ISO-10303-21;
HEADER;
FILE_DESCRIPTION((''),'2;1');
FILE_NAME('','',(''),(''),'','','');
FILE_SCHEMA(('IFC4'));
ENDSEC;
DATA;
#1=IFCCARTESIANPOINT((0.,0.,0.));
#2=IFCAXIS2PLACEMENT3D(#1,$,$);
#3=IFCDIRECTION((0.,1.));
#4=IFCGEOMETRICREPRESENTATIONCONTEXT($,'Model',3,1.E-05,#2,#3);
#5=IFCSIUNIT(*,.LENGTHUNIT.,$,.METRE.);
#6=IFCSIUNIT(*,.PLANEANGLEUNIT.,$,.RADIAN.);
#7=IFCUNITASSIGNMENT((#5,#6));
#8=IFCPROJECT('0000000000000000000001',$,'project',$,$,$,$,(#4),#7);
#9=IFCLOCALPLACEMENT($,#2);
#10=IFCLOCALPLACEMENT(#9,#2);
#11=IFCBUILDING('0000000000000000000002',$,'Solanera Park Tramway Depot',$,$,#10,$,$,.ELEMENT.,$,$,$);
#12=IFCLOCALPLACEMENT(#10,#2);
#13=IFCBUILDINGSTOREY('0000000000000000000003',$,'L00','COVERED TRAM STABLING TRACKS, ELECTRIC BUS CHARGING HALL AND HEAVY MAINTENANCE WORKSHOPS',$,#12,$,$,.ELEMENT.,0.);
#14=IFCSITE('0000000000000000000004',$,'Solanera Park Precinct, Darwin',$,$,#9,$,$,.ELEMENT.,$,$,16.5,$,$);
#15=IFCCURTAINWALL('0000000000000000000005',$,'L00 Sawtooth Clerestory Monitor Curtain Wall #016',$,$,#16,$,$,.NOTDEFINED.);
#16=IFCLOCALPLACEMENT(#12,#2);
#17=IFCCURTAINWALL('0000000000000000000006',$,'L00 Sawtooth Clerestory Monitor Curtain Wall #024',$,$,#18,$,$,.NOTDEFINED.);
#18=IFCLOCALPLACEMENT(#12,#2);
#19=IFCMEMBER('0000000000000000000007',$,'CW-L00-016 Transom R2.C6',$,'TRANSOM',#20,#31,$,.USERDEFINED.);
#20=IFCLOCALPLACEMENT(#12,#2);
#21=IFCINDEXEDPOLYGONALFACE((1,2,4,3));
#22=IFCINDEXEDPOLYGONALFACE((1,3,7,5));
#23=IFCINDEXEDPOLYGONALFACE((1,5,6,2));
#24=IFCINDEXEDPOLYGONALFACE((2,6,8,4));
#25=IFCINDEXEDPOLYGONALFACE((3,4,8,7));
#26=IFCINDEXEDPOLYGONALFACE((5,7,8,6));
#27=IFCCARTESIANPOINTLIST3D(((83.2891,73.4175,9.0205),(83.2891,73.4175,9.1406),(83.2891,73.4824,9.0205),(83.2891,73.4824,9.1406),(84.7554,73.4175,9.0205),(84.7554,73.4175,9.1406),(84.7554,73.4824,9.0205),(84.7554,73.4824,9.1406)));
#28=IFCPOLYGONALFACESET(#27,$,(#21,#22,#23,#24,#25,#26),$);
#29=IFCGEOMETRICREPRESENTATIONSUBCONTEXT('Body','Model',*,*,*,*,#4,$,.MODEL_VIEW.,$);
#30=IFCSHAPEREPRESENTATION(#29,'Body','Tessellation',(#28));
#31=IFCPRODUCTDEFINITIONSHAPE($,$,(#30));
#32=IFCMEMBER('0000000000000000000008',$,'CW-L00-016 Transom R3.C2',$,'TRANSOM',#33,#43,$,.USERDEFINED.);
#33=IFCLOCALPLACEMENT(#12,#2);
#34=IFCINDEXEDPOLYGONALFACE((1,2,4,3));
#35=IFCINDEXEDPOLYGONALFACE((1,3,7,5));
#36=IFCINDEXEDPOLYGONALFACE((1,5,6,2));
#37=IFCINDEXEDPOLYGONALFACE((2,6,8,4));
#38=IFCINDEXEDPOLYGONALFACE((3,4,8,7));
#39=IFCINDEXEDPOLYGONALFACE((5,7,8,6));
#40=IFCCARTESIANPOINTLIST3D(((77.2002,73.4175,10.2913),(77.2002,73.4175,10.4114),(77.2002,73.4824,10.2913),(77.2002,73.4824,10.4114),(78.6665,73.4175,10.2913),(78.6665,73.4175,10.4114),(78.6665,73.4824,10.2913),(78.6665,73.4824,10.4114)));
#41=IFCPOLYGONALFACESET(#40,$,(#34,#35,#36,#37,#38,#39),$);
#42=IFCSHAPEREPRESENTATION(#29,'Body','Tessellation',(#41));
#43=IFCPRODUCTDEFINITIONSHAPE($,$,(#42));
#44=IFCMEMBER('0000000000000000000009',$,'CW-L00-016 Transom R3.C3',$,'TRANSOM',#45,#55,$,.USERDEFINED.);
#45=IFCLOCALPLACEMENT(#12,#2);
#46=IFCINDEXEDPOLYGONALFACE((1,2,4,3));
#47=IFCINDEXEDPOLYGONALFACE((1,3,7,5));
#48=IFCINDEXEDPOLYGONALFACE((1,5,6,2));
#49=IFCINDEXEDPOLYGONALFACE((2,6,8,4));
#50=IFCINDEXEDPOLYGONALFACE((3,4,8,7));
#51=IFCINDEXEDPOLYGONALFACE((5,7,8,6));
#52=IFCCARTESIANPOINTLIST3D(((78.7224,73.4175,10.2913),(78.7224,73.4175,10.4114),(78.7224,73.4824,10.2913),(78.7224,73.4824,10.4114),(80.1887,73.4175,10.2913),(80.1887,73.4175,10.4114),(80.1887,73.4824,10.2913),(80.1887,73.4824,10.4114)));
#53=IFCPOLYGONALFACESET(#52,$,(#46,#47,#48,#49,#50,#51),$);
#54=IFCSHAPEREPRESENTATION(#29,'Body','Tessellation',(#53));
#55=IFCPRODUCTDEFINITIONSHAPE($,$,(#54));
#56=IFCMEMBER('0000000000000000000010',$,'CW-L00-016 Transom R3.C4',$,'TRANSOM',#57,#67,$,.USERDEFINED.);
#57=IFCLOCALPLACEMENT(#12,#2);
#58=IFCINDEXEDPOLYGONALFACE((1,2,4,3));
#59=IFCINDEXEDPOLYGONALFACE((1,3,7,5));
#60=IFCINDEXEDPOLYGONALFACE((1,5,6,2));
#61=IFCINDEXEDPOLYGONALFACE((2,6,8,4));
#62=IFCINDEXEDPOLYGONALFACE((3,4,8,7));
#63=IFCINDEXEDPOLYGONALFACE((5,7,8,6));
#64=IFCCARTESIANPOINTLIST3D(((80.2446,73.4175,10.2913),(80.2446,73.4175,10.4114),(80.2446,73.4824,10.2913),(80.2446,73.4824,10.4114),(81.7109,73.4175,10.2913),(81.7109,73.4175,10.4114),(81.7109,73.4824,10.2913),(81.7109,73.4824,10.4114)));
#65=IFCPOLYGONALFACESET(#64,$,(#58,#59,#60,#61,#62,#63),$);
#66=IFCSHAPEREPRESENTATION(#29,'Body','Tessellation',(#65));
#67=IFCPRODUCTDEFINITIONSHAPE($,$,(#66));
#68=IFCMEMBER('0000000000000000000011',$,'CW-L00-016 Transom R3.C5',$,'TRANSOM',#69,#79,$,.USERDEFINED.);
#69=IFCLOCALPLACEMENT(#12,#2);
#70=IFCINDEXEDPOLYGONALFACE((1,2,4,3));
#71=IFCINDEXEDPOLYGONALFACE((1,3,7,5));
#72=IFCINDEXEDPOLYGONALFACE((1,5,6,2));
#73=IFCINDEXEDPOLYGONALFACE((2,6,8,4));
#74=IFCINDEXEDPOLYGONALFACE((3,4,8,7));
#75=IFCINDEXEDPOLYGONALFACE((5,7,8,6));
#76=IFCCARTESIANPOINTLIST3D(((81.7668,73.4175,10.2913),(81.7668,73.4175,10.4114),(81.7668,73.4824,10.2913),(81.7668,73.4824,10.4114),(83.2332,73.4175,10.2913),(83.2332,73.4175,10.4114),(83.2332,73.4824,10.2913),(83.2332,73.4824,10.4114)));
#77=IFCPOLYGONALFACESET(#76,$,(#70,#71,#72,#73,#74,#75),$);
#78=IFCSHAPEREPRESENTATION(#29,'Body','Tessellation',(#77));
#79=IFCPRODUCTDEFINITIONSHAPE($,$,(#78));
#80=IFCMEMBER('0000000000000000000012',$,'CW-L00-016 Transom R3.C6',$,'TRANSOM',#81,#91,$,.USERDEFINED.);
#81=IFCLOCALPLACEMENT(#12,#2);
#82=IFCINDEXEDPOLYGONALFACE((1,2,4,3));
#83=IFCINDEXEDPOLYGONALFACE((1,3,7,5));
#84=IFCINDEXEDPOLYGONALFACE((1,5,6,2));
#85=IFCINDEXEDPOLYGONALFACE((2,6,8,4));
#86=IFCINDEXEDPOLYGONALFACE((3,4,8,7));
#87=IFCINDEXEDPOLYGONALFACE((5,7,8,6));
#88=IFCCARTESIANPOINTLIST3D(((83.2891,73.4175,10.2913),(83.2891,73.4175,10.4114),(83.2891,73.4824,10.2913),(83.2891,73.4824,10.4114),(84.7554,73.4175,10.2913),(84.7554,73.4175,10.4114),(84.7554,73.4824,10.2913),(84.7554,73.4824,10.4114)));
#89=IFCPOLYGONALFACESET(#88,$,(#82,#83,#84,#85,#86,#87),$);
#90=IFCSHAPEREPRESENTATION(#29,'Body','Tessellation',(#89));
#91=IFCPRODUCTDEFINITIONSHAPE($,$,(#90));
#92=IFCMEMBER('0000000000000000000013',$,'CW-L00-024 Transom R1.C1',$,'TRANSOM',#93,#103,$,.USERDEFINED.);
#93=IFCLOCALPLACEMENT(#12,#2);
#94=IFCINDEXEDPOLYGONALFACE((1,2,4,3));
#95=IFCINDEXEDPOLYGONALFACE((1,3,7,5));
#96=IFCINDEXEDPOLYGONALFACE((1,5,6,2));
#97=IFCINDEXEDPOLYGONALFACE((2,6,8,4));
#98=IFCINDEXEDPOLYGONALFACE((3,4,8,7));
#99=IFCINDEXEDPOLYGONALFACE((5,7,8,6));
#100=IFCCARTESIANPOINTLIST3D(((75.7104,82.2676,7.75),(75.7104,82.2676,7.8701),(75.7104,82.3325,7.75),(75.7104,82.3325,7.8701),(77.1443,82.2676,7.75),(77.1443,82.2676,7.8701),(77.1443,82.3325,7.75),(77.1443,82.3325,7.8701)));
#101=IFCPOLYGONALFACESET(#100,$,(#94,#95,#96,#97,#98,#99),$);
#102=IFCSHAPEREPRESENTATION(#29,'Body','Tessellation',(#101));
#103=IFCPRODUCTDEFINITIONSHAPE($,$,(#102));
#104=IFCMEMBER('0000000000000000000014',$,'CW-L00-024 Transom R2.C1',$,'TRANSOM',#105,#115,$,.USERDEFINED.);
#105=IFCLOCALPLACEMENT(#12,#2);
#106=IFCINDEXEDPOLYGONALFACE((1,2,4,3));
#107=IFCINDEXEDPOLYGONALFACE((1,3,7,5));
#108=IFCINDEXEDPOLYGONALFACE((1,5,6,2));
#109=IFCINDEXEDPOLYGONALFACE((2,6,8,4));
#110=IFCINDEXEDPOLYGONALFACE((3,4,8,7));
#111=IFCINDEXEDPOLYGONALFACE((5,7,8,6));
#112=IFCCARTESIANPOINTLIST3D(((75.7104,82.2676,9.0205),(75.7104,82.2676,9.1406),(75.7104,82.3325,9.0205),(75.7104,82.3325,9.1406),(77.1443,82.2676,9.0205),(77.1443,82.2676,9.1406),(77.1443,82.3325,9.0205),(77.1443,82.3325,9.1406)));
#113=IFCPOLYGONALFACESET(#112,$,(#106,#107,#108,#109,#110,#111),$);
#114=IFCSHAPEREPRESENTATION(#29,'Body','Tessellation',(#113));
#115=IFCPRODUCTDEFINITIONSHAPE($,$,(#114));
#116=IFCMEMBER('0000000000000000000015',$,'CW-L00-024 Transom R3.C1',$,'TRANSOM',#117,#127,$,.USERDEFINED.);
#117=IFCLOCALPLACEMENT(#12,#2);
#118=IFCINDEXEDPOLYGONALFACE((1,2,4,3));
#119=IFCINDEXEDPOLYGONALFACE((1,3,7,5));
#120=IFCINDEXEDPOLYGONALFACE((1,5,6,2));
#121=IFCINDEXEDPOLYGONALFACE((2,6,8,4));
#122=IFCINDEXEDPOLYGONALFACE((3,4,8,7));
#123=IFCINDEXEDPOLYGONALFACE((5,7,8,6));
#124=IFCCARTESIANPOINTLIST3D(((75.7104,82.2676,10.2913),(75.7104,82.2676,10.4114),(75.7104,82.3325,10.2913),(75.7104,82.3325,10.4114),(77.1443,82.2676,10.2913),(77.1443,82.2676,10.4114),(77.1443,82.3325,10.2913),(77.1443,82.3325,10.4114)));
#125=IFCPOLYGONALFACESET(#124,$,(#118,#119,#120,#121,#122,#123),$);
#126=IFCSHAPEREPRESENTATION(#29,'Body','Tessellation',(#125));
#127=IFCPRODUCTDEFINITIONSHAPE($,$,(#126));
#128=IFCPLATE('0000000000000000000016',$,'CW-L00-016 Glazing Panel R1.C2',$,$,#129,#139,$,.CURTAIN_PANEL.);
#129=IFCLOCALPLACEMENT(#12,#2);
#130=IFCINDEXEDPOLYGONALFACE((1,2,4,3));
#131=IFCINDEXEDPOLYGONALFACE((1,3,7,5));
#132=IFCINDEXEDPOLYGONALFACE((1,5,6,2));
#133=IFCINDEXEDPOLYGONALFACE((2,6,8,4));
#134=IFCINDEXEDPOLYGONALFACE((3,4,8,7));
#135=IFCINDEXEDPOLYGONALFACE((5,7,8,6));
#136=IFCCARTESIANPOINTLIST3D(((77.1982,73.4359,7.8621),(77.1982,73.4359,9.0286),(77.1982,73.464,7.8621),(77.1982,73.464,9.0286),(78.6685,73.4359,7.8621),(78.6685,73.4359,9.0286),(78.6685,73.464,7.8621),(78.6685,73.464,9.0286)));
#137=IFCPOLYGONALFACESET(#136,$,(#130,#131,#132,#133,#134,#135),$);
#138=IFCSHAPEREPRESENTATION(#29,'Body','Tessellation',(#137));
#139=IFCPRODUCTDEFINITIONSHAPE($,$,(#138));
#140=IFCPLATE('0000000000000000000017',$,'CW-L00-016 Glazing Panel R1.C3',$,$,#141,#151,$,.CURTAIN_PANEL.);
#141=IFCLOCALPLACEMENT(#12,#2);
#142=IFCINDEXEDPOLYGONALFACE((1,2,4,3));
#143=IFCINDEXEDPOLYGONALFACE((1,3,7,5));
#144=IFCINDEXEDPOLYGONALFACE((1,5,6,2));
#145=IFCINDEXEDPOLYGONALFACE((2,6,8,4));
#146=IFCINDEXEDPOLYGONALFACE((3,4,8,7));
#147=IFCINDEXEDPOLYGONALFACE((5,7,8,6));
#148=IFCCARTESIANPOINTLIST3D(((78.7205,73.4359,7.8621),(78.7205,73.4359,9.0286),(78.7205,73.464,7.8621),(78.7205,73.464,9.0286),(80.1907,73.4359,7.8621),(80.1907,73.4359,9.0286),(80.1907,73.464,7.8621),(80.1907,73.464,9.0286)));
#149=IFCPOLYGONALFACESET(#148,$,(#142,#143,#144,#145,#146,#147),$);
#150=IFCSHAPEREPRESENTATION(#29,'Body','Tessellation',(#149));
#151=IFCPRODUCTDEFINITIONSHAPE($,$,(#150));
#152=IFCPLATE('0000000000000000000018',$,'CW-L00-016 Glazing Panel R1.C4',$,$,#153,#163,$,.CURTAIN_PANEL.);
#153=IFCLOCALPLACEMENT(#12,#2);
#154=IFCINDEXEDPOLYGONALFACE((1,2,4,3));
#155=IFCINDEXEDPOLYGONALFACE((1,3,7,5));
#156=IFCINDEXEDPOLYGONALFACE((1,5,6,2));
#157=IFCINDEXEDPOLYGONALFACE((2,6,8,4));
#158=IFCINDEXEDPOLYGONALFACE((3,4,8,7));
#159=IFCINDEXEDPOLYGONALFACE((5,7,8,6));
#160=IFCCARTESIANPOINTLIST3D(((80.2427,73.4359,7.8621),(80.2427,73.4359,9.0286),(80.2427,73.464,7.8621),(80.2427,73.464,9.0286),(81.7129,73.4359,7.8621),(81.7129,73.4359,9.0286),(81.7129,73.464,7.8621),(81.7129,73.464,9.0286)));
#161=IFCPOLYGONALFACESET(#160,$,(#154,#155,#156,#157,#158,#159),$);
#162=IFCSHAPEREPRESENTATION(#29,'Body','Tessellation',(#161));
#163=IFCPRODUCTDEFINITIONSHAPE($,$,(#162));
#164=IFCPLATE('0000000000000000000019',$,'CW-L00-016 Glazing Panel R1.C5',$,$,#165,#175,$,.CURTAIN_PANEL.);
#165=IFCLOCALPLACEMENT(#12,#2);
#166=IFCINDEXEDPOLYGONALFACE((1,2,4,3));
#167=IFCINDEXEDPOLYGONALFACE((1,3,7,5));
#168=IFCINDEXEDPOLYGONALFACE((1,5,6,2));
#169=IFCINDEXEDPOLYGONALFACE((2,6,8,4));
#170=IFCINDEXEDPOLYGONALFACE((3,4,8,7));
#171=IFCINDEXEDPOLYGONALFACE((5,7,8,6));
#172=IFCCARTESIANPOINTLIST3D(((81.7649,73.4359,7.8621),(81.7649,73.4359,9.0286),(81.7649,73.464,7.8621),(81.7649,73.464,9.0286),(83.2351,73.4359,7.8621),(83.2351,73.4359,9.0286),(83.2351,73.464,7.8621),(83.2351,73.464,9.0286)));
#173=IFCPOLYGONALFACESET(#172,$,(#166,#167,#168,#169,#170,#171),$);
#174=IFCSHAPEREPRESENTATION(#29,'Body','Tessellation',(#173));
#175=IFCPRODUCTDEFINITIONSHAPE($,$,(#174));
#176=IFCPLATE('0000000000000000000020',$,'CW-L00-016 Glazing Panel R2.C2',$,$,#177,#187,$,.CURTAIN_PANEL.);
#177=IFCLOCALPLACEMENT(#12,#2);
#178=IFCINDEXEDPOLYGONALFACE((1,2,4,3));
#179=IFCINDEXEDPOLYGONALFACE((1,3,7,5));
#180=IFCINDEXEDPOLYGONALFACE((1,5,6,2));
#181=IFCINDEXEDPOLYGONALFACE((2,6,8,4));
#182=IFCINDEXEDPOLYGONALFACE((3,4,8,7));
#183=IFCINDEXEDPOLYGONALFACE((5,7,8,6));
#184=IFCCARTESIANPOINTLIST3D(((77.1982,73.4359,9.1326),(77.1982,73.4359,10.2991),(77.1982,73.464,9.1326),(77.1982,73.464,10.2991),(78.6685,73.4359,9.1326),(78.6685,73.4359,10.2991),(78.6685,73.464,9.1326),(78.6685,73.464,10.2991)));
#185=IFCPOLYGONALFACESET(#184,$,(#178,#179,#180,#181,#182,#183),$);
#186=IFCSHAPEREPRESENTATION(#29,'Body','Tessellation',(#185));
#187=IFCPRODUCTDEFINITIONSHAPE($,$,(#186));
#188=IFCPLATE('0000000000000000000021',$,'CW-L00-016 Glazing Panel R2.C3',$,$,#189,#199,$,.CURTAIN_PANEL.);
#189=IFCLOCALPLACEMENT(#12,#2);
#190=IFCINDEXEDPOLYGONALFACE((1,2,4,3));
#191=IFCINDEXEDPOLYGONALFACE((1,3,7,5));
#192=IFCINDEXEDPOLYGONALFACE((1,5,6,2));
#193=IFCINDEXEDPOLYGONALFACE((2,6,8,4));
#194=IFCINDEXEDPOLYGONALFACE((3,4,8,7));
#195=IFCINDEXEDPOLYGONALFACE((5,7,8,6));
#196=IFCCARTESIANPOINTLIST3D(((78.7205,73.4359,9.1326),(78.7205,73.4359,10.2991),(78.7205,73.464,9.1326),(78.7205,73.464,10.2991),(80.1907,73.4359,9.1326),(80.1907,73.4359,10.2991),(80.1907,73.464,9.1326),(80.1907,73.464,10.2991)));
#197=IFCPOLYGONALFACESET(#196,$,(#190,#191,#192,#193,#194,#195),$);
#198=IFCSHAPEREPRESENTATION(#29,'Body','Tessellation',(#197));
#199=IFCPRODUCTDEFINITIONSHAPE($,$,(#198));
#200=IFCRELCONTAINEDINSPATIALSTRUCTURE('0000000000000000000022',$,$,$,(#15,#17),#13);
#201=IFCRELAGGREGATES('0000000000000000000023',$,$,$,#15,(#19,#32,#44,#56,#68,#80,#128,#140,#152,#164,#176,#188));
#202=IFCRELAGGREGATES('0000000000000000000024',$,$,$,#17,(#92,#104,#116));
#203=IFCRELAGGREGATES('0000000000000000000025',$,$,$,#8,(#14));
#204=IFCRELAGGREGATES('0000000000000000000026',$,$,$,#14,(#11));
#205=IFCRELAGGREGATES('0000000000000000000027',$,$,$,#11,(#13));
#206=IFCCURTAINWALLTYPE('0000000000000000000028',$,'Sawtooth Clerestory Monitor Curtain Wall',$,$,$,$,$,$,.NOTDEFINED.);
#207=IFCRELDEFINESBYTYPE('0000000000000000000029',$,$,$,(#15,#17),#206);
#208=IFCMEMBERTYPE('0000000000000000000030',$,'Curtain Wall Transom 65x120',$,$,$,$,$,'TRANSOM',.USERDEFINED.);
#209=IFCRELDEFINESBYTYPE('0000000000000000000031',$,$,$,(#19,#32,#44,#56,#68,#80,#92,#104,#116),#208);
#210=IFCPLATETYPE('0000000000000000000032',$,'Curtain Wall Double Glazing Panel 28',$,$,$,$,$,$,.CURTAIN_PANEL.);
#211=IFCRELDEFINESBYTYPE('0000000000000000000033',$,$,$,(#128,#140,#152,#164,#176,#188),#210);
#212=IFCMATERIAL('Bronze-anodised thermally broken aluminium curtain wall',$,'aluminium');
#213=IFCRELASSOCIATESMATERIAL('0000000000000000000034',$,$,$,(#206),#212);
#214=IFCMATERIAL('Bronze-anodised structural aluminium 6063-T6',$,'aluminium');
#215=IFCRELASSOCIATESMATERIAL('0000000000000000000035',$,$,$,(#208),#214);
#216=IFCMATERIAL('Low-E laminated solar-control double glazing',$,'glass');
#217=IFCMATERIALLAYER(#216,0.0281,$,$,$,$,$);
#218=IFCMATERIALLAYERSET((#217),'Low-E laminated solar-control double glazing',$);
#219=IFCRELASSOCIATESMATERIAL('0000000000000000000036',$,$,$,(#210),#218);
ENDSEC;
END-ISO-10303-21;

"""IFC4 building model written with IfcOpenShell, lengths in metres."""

from ifc_helpers import new_model, si_unit, direction, frame, origin, origin_2d, place, context, subcontext, project, spatial, rectangle, extrude, material, layer, layer_set, material_profile, profile_set, type_object, element, aggregate, save


model = new_model("IFC4")

# Units and contexts
model_context = context("Model", 3, precision=1e-05, world=origin(), true_north=direction((0.0, 1.0)))
body_context = subcontext(model_context, "Body", "Model", "MODEL_VIEW")
ifc_project = project(units=[si_unit("LENGTHUNIT", "METRE"), si_unit("PLANEANGLEUNIT", "RADIAN")], contexts=[model_context])

# Site, building, storey
site_placement = place(None, origin())
site = spatial("IfcSite", under=ifc_project, at=site_placement, Name="Solanera Park Precinct, Darwin", CompositionType="ELEMENT", RefElevation=16.5)
building_placement = place(site_placement, origin())
building = spatial("IfcBuilding", under=site, at=building_placement, Name="Solanera Park Tramway Depot", CompositionType="ELEMENT")
storey_placement = place(building_placement, origin())
storey = spatial("IfcBuildingStorey", under=building, at=storey_placement, Name="L00", Description="COVERED TRAM STABLING TRACKS, ELECTRIC BUS CHARGING HALL AND HEAVY MAINTENANCE WORKSHOPS", CompositionType="ELEMENT", Elevation=0.0)

# Curtain wall
ifc_material_1 = material(Name="Bronze-anodised thermally broken aluminium curtain wall", Category="aluminium")
curtain_wall_type = type_object("IfcCurtainWallType", Name="Sawtooth Clerestory Monitor Curtain Wall", PredefinedType="NOTDEFINED", material=ifc_material_1)
curtain_wall_1_placement = place(storey_placement, origin())
curtain_wall_1 = element("IfcCurtainWall", 1, at=curtain_wall_1_placement, inside=storey, type_object=curtain_wall_type, Name="L00 Sawtooth Clerestory Monitor Curtain Wall #016", PredefinedType="NOTDEFINED")

# Curtain wall
curtain_wall_2_placement = place(storey_placement, origin())
curtain_wall_2 = element("IfcCurtainWall", 2, at=curtain_wall_2_placement, inside=storey, type_object=curtain_wall_type, Name="L00 Sawtooth Clerestory Monitor Curtain Wall #024", PredefinedType="NOTDEFINED")

# Members
ifc_material_2 = material(Name="Bronze-anodised structural aluminium 6063-T6", Category="aluminium")
ifc_material_profile_1 = material_profile(ifc_material_2, rectangle(XDim=0.0649, YDim=0.1201, at=origin_2d()), Name="Curtain Wall Transom 65x120")
ifc_profile_set_1 = profile_set([ifc_material_profile_1], Name="Bronze-anodised structural aluminium 6063-T6")
member_type_1 = type_object("IfcMemberType", Name="Curtain Wall Transom 65x120", ElementType="TRANSOM", PredefinedType="USERDEFINED", material=ifc_profile_set_1)
member_1_placement = place(storey_placement, frame((83.2891, 73.45, 9.0806), z_axis=(1.0, 0.0, 0.0), x_axis=(0.0, 1.0, 0.0)))
member_1 = element("IfcMember", 3, at=member_1_placement, type_object=member_type_1, Name="CW-L00-016 Transom R2.C6", ObjectType="TRANSOM", PredefinedType="USERDEFINED", context=body_context, shape_type="SweptSolid", body=[
    extrude(rectangle(XDim=0.0649, YDim=0.1201, at=origin_2d()), origin(), (0.0, 0.0, 1.0), 1.4663),
])
member_2_placement = place(storey_placement, frame((77.2002, 73.45, 10.3513), z_axis=(1.0, 0.0, 0.0), x_axis=(0.0, 1.0, 0.0)))
member_2 = element("IfcMember", 4, at=member_2_placement, type_object=member_type_1, Name="CW-L00-016 Transom R3.C2", ObjectType="TRANSOM", PredefinedType="USERDEFINED", context=body_context, shape_type="SweptSolid", body=[
    extrude(rectangle(XDim=0.0649, YDim=0.1201, at=origin_2d()), origin(), (0.0, 0.0, 1.0), 1.4663),
])
member_3_placement = place(storey_placement, frame((78.7224, 73.45, 10.3513), z_axis=(1.0, 0.0, 0.0), x_axis=(0.0, 1.0, 0.0)))
member_3 = element("IfcMember", 5, at=member_3_placement, type_object=member_type_1, Name="CW-L00-016 Transom R3.C3", ObjectType="TRANSOM", PredefinedType="USERDEFINED", context=body_context, shape_type="SweptSolid", body=[
    extrude(rectangle(XDim=0.0649, YDim=0.1201, at=origin_2d()), origin(), (0.0, 0.0, 1.0), 1.4663),
])
member_4_placement = place(storey_placement, frame((80.2446, 73.45, 10.3513), z_axis=(1.0, 0.0, 0.0), x_axis=(0.0, 1.0, 0.0)))
member_4 = element("IfcMember", 6, at=member_4_placement, type_object=member_type_1, Name="CW-L00-016 Transom R3.C4", ObjectType="TRANSOM", PredefinedType="USERDEFINED", context=body_context, shape_type="SweptSolid", body=[
    extrude(rectangle(XDim=0.0649, YDim=0.1201, at=origin_2d()), origin(), (0.0, 0.0, 1.0), 1.4663),
])
member_5_placement = place(storey_placement, frame((81.7668, 73.45, 10.3513), z_axis=(1.0, 0.0, 0.0), x_axis=(0.0, 1.0, 0.0)))
member_5 = element("IfcMember", 7, at=member_5_placement, type_object=member_type_1, Name="CW-L00-016 Transom R3.C5", ObjectType="TRANSOM", PredefinedType="USERDEFINED", context=body_context, shape_type="SweptSolid", body=[
    extrude(rectangle(XDim=0.0649, YDim=0.1201, at=origin_2d()), origin(), (0.0, 0.0, 1.0), 1.4663),
])
member_6_placement = place(storey_placement, frame((83.2891, 73.45, 10.3513), z_axis=(1.0, 0.0, 0.0), x_axis=(0.0, 1.0, 0.0)))
member_6 = element("IfcMember", 8, at=member_6_placement, type_object=member_type_1, Name="CW-L00-016 Transom R3.C6", ObjectType="TRANSOM", PredefinedType="USERDEFINED", context=body_context, shape_type="SweptSolid", body=[
    extrude(rectangle(XDim=0.0649, YDim=0.1201, at=origin_2d()), origin(), (0.0, 0.0, 1.0), 1.4663),
])
member_7_placement = place(storey_placement, frame((75.7104, 82.3, 7.8101), z_axis=(1.0, 0.0, 0.0), x_axis=(0.0, 1.0, 0.0)))
member_7 = element("IfcMember", 9, at=member_7_placement, type_object=member_type_1, Name="CW-L00-024 Transom R1.C1", ObjectType="TRANSOM", PredefinedType="USERDEFINED", context=body_context, shape_type="SweptSolid", body=[
    extrude(rectangle(XDim=0.0649, YDim=0.1201, at=origin_2d()), origin(), (0.0, 0.0, 1.0), 1.4338),
])
member_8_placement = place(storey_placement, frame((75.7104, 82.3, 9.0806), z_axis=(1.0, 0.0, 0.0), x_axis=(0.0, 1.0, 0.0)))
member_8 = element("IfcMember", 10, at=member_8_placement, type_object=member_type_1, Name="CW-L00-024 Transom R2.C1", ObjectType="TRANSOM", PredefinedType="USERDEFINED", context=body_context, shape_type="SweptSolid", body=[
    extrude(rectangle(XDim=0.0649, YDim=0.1201, at=origin_2d()), origin(), (0.0, 0.0, 1.0), 1.4338),
])
member_9_placement = place(storey_placement, frame((75.7104, 82.3, 10.3513), z_axis=(1.0, 0.0, 0.0), x_axis=(0.0, 1.0, 0.0)))
member_9 = element("IfcMember", 11, at=member_9_placement, type_object=member_type_1, Name="CW-L00-024 Transom R3.C1", ObjectType="TRANSOM", PredefinedType="USERDEFINED", context=body_context, shape_type="SweptSolid", body=[
    extrude(rectangle(XDim=0.0649, YDim=0.1201, at=origin_2d()), origin(), (0.0, 0.0, 1.0), 1.4338),
])

# Plates
ifc_material_3 = material(Name="Low-E laminated solar-control double glazing", Category="glass")
ifc_layer = layer(ifc_material_3, 0.0281)
ifc_layer_set = layer_set([ifc_layer], Name="Low-E laminated solar-control double glazing")
plate_type = type_object("IfcPlateType", Name="Curtain Wall Double Glazing Panel 28", PredefinedType="CURTAIN_PANEL", material=ifc_layer_set)
plate_1_placement = place(storey_placement, frame((77.9333, 73.45, 7.8621), z_axis=(0.0, 0.0, 1.0), x_axis=(1.0, 0.0, 0.0)))
plate_1 = element("IfcPlate", 12, at=plate_1_placement, type_object=plate_type, Name="CW-L00-016 Glazing Panel R1.C2", PredefinedType="CURTAIN_PANEL", context=body_context, shape_type="SweptSolid", body=[
    extrude(rectangle(XDim=1.4702, YDim=0.0281, at=origin_2d()), origin(), (0.0, 0.0, 1.0), 1.1665),
])
plate_2_placement = place(storey_placement, frame((79.4556, 73.45, 7.8621), z_axis=(0.0, 0.0, 1.0), x_axis=(1.0, 0.0, 0.0)))
plate_2 = element("IfcPlate", 13, at=plate_2_placement, type_object=plate_type, Name="CW-L00-016 Glazing Panel R1.C3", PredefinedType="CURTAIN_PANEL", context=body_context, shape_type="SweptSolid", body=[
    extrude(rectangle(XDim=1.4702, YDim=0.0281, at=origin_2d()), origin(), (0.0, 0.0, 1.0), 1.1665),
])
plate_3_placement = place(storey_placement, frame((80.9778, 73.45, 7.8621), z_axis=(0.0, 0.0, 1.0), x_axis=(1.0, 0.0, 0.0)))
plate_3 = element("IfcPlate", 14, at=plate_3_placement, type_object=plate_type, Name="CW-L00-016 Glazing Panel R1.C4", PredefinedType="CURTAIN_PANEL", context=body_context, shape_type="SweptSolid", body=[
    extrude(rectangle(XDim=1.4702, YDim=0.0281, at=origin_2d()), origin(), (0.0, 0.0, 1.0), 1.1665),
])
plate_4_placement = place(storey_placement, frame((82.5, 73.45, 7.8621), z_axis=(0.0, 0.0, 1.0), x_axis=(1.0, 0.0, 0.0)))
plate_4 = element("IfcPlate", 15, at=plate_4_placement, type_object=plate_type, Name="CW-L00-016 Glazing Panel R1.C5", PredefinedType="CURTAIN_PANEL", context=body_context, shape_type="SweptSolid", body=[
    extrude(rectangle(XDim=1.4702, YDim=0.0281, at=origin_2d()), origin(), (0.0, 0.0, 1.0), 1.1665),
])
plate_5_placement = place(storey_placement, frame((77.9333, 73.45, 9.1326), z_axis=(0.0, 0.0, 1.0), x_axis=(1.0, 0.0, 0.0)))
plate_5 = element("IfcPlate", 16, at=plate_5_placement, type_object=plate_type, Name="CW-L00-016 Glazing Panel R2.C2", PredefinedType="CURTAIN_PANEL", context=body_context, shape_type="SweptSolid", body=[
    extrude(rectangle(XDim=1.4702, YDim=0.0281, at=origin_2d()), origin(), (0.0, 0.0, 1.0), 1.1665),
])
plate_6_placement = place(storey_placement, frame((79.4556, 73.45, 9.1326), z_axis=(0.0, 0.0, 1.0), x_axis=(1.0, 0.0, 0.0)))
plate_6 = element("IfcPlate", 17, at=plate_6_placement, type_object=plate_type, Name="CW-L00-016 Glazing Panel R2.C3", PredefinedType="CURTAIN_PANEL", context=body_context, shape_type="SweptSolid", body=[
    extrude(rectangle(XDim=1.4702, YDim=0.0281, at=origin_2d()), origin(), (0.0, 0.0, 1.0), 1.1665),
])
aggregate(curtain_wall_1, [member_1, member_2, member_3, member_4, member_5, member_6, plate_1, plate_2, plate_3, plate_4, plate_5, plate_6])
aggregate(curtain_wall_2, [member_7, member_8, member_9])

save(model, "model.ifc")
